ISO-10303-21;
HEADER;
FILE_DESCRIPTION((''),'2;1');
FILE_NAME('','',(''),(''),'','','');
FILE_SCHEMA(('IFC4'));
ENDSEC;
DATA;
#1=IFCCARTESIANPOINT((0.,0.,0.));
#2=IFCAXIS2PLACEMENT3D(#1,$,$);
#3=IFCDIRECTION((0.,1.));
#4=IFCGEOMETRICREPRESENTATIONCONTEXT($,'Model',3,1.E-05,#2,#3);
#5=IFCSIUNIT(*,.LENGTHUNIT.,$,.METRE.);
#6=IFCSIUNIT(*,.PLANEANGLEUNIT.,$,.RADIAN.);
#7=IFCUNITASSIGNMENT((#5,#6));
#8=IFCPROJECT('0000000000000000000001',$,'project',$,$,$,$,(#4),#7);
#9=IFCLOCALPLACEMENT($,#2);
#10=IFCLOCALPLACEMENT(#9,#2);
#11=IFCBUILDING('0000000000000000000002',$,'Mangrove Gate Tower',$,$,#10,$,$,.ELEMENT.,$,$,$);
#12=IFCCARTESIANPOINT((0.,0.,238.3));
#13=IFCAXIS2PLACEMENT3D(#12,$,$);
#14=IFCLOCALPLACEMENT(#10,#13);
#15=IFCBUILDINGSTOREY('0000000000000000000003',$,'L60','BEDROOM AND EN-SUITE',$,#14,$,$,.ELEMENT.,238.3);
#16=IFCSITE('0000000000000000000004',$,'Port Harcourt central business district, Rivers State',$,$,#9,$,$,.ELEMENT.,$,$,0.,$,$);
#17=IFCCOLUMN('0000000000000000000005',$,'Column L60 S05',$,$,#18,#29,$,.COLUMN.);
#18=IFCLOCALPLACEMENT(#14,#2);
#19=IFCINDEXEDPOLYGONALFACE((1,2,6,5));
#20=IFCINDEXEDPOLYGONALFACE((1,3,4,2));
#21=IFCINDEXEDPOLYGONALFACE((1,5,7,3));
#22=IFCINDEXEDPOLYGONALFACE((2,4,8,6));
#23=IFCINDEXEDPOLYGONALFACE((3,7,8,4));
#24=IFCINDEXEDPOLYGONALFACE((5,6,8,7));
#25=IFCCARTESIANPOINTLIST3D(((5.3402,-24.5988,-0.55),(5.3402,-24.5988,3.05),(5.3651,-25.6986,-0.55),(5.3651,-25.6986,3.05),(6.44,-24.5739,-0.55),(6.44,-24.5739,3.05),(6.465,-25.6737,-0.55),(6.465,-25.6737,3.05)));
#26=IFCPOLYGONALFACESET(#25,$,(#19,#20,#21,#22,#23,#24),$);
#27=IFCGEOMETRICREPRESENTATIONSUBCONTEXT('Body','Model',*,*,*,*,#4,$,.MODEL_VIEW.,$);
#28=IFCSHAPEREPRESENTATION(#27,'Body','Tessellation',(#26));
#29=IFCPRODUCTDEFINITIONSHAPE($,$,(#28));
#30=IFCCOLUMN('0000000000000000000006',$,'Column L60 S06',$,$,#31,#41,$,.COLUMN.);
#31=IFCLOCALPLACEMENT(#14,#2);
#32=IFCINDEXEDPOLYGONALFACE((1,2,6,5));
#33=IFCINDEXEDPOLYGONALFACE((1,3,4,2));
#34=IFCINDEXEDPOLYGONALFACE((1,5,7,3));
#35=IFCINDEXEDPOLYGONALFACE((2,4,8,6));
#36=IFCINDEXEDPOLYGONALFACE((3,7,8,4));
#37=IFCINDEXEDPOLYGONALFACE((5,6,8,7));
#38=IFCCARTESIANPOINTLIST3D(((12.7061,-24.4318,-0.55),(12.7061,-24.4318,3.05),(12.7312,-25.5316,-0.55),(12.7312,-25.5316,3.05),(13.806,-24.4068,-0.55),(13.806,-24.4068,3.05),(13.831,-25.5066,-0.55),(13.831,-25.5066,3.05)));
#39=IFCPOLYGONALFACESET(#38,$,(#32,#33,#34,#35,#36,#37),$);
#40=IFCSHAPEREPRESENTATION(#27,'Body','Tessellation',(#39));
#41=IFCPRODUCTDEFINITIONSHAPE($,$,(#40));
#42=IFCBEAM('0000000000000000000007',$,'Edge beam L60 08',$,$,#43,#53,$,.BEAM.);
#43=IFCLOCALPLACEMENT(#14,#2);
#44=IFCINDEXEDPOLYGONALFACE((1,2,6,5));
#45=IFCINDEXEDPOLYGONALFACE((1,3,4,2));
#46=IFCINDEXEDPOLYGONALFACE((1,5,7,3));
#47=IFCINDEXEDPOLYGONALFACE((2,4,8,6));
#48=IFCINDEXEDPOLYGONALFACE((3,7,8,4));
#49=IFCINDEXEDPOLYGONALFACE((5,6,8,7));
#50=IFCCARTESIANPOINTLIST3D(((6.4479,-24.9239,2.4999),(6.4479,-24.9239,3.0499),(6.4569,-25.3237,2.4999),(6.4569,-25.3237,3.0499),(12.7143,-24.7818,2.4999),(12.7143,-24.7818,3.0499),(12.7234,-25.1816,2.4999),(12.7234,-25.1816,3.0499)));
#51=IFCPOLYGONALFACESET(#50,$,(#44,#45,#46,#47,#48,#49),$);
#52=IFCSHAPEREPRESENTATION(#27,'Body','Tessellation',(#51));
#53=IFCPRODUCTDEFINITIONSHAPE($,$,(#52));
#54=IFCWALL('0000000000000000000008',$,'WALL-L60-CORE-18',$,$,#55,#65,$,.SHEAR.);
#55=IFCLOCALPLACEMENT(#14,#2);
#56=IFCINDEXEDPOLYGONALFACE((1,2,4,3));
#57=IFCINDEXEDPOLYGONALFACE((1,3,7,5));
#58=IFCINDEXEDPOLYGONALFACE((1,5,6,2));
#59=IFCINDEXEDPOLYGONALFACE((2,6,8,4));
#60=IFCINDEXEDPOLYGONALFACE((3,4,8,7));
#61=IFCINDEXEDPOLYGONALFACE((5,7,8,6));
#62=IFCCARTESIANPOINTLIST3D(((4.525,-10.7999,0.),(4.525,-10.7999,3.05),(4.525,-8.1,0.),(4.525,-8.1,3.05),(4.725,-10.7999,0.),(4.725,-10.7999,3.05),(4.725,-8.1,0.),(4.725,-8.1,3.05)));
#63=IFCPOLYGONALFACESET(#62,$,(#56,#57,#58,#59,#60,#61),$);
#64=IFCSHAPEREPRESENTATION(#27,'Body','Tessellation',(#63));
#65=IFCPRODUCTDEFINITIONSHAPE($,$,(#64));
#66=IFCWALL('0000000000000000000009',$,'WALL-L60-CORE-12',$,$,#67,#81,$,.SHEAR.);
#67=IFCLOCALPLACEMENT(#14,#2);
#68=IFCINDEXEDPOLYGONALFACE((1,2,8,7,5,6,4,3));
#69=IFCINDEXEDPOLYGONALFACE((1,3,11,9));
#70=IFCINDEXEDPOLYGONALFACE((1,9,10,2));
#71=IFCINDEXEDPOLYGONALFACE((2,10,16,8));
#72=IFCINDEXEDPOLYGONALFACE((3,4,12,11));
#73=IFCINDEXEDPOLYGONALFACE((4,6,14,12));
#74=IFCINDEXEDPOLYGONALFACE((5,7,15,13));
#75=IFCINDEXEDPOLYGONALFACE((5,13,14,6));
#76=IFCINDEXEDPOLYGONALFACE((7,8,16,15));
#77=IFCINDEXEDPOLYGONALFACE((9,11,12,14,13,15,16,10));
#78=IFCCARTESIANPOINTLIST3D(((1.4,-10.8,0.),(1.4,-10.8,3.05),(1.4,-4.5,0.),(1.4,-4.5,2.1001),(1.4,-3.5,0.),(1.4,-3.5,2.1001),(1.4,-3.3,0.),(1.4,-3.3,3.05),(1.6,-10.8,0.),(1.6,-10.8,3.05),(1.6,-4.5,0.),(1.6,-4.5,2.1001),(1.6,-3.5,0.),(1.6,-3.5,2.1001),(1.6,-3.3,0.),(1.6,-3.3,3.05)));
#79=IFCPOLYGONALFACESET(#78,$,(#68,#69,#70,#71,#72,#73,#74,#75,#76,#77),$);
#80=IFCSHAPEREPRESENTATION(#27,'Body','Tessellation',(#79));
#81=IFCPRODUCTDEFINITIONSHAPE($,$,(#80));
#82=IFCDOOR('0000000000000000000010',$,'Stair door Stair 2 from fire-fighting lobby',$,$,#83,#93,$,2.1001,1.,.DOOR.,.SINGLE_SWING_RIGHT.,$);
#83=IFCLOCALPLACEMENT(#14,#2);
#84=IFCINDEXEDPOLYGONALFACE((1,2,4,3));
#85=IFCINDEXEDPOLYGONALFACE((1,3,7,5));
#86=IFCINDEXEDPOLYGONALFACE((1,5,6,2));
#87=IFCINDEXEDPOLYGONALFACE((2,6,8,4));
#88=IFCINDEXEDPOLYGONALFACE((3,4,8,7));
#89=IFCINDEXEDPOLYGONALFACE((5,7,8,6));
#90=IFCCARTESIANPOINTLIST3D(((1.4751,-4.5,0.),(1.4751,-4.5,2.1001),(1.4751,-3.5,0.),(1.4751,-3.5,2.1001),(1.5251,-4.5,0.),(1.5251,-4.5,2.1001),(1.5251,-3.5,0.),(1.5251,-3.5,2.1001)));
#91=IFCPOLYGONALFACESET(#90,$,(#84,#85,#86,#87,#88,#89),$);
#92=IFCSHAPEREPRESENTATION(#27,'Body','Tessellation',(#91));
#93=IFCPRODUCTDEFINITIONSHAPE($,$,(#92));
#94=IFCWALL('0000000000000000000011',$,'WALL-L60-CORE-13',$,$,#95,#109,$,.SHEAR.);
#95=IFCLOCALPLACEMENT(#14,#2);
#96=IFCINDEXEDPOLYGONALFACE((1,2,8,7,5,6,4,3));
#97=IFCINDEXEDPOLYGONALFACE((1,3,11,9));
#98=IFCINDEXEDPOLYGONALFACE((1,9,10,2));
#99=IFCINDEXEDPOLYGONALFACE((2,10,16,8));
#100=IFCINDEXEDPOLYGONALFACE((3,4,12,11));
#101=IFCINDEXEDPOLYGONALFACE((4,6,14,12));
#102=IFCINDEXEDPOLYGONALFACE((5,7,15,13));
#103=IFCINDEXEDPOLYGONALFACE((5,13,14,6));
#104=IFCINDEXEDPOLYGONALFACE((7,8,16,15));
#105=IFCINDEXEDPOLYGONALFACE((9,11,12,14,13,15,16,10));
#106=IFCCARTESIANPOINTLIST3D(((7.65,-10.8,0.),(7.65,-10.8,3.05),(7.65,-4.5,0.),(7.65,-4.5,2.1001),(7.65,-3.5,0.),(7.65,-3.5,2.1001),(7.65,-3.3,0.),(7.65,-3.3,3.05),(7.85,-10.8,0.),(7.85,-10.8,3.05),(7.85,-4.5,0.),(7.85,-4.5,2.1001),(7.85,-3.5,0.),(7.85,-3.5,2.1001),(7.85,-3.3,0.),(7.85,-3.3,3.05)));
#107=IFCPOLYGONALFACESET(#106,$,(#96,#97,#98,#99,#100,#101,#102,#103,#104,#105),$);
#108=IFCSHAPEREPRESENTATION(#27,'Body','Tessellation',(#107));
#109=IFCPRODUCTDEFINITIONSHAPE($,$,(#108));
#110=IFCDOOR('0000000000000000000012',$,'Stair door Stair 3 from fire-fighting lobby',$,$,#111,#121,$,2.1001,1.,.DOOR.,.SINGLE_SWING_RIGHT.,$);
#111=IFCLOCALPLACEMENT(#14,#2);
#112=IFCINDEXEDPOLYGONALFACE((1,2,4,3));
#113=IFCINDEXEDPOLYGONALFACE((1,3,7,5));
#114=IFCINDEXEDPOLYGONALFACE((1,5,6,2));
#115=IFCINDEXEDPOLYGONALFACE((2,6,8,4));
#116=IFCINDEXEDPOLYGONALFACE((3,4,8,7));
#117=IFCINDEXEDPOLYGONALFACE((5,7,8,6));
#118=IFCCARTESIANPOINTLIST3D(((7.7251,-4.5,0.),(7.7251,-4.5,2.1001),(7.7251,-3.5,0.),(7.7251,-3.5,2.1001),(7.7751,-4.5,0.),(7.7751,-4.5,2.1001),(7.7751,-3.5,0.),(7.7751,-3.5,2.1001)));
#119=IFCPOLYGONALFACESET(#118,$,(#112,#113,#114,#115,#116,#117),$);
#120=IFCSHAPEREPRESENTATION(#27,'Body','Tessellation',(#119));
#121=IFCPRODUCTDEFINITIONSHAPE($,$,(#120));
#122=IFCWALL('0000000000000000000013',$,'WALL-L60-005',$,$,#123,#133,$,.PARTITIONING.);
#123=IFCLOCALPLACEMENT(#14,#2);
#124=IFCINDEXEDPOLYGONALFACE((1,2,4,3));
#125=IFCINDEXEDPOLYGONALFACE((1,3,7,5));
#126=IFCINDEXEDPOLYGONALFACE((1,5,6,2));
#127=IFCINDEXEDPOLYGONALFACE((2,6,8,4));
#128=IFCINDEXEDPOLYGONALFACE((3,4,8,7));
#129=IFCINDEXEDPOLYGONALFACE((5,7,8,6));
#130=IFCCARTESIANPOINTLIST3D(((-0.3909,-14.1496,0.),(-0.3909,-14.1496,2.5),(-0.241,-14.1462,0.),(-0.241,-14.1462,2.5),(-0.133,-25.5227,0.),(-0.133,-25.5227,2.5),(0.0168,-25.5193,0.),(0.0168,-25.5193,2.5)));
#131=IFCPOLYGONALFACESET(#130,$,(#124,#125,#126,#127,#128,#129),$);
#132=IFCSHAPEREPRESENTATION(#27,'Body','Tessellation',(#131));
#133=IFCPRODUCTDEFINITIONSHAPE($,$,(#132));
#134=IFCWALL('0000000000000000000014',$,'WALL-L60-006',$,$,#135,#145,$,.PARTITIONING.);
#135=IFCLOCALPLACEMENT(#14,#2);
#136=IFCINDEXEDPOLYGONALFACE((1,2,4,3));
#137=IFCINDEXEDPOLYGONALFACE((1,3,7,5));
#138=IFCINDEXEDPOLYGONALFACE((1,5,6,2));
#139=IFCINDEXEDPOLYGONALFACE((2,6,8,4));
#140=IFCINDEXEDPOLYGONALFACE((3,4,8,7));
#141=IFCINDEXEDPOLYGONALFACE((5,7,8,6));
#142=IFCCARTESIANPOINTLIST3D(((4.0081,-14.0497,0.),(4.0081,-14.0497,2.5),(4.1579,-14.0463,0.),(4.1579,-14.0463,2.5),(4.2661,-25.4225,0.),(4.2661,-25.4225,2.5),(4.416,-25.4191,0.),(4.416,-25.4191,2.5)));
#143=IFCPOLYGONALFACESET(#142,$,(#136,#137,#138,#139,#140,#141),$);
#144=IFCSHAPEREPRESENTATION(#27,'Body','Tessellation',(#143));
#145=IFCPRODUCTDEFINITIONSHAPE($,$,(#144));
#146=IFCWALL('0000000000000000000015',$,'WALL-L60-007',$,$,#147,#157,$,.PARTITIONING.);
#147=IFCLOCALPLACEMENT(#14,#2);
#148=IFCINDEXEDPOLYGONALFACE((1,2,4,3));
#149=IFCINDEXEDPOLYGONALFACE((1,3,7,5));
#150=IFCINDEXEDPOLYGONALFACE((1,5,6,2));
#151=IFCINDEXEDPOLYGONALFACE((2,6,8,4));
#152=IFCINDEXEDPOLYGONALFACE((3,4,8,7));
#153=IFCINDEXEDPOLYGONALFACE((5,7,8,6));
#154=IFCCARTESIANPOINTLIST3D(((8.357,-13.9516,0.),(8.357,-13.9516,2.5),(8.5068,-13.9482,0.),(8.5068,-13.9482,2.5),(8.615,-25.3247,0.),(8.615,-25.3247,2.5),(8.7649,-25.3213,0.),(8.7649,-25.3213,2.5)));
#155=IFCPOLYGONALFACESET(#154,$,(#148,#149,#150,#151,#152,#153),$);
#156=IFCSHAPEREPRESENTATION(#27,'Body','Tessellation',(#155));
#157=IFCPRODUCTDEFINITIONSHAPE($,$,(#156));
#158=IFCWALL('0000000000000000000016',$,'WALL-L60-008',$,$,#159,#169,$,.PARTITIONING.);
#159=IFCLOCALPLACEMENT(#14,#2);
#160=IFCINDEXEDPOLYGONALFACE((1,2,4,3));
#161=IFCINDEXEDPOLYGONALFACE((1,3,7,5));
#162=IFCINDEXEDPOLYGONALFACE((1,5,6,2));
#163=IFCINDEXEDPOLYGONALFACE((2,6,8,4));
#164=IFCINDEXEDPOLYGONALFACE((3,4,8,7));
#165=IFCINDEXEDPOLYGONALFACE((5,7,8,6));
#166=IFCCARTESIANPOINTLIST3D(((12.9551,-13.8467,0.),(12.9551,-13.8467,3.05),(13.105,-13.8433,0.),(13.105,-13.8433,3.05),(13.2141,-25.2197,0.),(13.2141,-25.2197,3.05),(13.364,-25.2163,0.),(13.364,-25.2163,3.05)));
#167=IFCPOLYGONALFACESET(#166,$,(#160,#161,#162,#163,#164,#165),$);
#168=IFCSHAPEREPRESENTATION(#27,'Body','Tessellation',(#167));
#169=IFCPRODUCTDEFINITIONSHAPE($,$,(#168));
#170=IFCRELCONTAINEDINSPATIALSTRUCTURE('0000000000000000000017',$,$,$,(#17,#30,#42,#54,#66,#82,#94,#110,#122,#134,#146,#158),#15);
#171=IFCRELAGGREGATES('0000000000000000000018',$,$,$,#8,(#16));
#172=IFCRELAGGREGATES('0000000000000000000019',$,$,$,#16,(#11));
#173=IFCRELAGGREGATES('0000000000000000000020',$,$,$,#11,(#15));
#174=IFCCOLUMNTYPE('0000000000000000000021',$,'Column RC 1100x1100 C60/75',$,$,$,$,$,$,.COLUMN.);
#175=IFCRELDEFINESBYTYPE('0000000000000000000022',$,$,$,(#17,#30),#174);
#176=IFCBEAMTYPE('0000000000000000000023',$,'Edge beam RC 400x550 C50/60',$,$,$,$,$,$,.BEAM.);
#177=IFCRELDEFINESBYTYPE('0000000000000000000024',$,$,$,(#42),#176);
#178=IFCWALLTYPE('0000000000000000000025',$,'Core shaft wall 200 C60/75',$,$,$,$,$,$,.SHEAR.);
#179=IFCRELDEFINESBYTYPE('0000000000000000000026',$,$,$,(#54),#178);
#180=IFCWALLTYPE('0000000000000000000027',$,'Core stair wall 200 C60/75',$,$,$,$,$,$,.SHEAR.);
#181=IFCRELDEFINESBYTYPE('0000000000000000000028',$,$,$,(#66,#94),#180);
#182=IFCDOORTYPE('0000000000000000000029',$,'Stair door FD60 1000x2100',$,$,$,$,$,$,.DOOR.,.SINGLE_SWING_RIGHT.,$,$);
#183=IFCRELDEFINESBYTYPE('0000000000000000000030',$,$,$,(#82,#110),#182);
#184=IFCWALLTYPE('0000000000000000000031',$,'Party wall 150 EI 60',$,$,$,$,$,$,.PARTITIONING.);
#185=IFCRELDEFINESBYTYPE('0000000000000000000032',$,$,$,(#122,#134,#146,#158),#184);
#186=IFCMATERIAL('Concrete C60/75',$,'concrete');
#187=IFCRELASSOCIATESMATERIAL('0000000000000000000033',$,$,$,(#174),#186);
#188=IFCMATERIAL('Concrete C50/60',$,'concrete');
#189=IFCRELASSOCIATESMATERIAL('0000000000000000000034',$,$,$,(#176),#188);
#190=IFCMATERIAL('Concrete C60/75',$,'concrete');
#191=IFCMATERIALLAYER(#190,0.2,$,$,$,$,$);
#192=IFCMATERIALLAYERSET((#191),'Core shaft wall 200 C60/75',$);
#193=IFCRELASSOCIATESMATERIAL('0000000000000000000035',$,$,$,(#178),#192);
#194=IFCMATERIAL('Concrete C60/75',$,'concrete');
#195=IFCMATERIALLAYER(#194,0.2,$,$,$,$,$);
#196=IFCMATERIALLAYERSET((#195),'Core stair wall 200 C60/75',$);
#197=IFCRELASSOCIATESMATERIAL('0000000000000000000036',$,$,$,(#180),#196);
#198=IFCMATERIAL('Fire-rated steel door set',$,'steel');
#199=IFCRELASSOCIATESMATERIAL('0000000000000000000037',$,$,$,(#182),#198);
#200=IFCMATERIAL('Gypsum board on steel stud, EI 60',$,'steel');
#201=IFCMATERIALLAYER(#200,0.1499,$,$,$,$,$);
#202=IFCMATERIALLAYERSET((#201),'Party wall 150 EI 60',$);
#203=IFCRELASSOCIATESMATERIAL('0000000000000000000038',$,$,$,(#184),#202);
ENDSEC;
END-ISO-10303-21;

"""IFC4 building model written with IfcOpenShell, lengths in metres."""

from ifc_helpers import new_model, si_unit, direction, frame, frame_2d, origin, origin_2d, place, context, subcontext, project, spatial, rectangle, extrude, material, layer, layer_set, material_profile, profile_set, type_object, element, fill, save


model = new_model("IFC4")

# Units and contexts
model_context = context("Model", 3, precision=1e-05, world=origin(), true_north=direction((0.0, 1.0)))
body_context = subcontext(model_context, "Body", "Model", "MODEL_VIEW")
ifc_project = project(units=[si_unit("LENGTHUNIT", "METRE"), si_unit("PLANEANGLEUNIT", "RADIAN")], contexts=[model_context])

# Site, building, storey
site_placement = place(None, origin())
site = spatial("IfcSite", under=ifc_project, at=site_placement, Name="Port Harcourt central business district, Rivers State", CompositionType="ELEMENT", RefElevation=0.0)
building_placement = place(site_placement, origin())
building = spatial("IfcBuilding", under=site, at=building_placement, Name="Mangrove Gate Tower", CompositionType="ELEMENT")
storey_placement = place(building_placement, frame((0.0, 0.0, 238.3)))
storey = spatial("IfcBuildingStorey", under=building, at=storey_placement, Name="L60", Description="BEDROOM AND EN-SUITE", CompositionType="ELEMENT", Elevation=238.3)

# Columns
ifc_material_1 = material(Name="Concrete C60/75", Category="concrete")
ifc_material_profile_1 = material_profile(ifc_material_1, rectangle(XDim=1.1001, YDim=1.1001, at=origin_2d()))
ifc_profile_set_1 = profile_set([ifc_material_profile_1], Name="Concrete C60/75")
column_type = type_object("IfcColumnType", Name="Column RC 1100x1100 C60/75", PredefinedType="COLUMN", material=ifc_profile_set_1)
for number, where, z_axis, x_axis, name in (
    (1, (5.9026, -25.1362, -0.55), (0.0, 0.0, 1.0), (0.999743, 0.022666, 0.0), "Column L60 S05"),
    (2, (13.2686, -24.9692, -0.55), (0.0, 0.0, 1.0), (0.999742, 0.022734, 0.0), "Column L60 S06"),
):
    element("IfcColumn", number, at=place(storey_placement, frame(where, z_axis=z_axis, x_axis=x_axis)), inside=storey, type_object=column_type, Name=name, PredefinedType="COLUMN", context=body_context, shape_type="SweptSolid", body=[
        extrude(rectangle(XDim=1.1001, YDim=1.1001, at=origin_2d()), origin(), (0.0, 0.0, 1.0), 3.6001),
    ])

# Beam
ifc_material_2 = material(Name="Concrete C50/60", Category="concrete")
ifc_material_profile_2 = material_profile(ifc_material_2, rectangle(XDim=0.3999, YDim=0.55, at=origin_2d()))
ifc_profile_set_2 = profile_set([ifc_material_profile_2], Name="Concrete C50/60")
beam_type = type_object("IfcBeamType", Name="Edge beam RC 400x550 C50/60", PredefinedType="BEAM", material=ifc_profile_set_2)
beam_placement = place(storey_placement, frame((6.4524, -25.1238, 2.7749), z_axis=(0.999743, 0.022669, 0.0), x_axis=(-0.022669, 0.999743, 0.0)))
element("IfcBeam", 3, at=beam_placement, inside=storey, type_object=beam_type, Name="Edge beam L60 08", PredefinedType="BEAM", context=body_context, shape_type="SweptSolid", body=[
    extrude(rectangle(XDim=0.3999, YDim=0.55, at=origin_2d()), origin(), (0.0, 0.0, 1.0), 6.2681),
])

# Wall
ifc_material_3 = material(Name="Concrete C60/75", Category="concrete")
ifc_layer_1 = layer(ifc_material_3, 0.2)
ifc_layer_set_1 = layer_set([ifc_layer_1], Name="Core shaft wall 200 C60/75")
wall_type_1 = type_object("IfcWallType", Name="Core shaft wall 200 C60/75", PredefinedType="SHEAR", material=ifc_layer_set_1)
wall_1_placement = place(storey_placement, frame((4.625, -10.8, 0.0), z_axis=(0.0, 0.0, 1.0), x_axis=(0.0, 1.0, 0.0)))
element("IfcWall", 4, at=wall_1_placement, inside=storey, type_object=wall_type_1, Name="WALL-L60-CORE-18", PredefinedType="SHEAR", context=body_context, shape_type="SweptSolid", body=[
    extrude(rectangle(XDim=2.7, YDim=0.2, at=frame_2d((1.3501, 0.0))), origin(), (0.0, 0.0, 1.0), 3.05),
])

# Walls, openings, doors
ifc_material_4 = material(Name="Concrete C60/75", Category="concrete")
ifc_layer_2 = layer(ifc_material_4, 0.2)
ifc_layer_set_2 = layer_set([ifc_layer_2], Name="Core stair wall 200 C60/75")
wall_type_2 = type_object("IfcWallType", Name="Core stair wall 200 C60/75", PredefinedType="SHEAR", material=ifc_layer_set_2)
wall_2_placement = place(storey_placement, frame((1.5, -10.8, 0.0), z_axis=(0.0, 0.0, 1.0), x_axis=(0.0, 1.0, 0.0)))
wall_2 = element("IfcWall", 5, at=wall_2_placement, inside=storey, type_object=wall_type_2, Name="WALL-L60-CORE-12", PredefinedType="SHEAR", context=body_context, shape_type="SweptSolid", body=[
    extrude(rectangle(XDim=7.5, YDim=0.2, at=frame_2d((3.75, 0.0))), origin(), (0.0, 0.0, 1.0), 3.05),
])
opening_1_placement = place(wall_2_placement, frame((6.3, 0.0, 0.0)))
opening_1 = element("IfcOpeningElement", 6, at=opening_1_placement, cuts=wall_2, PredefinedType="OPENING", context=body_context, shape_type="SweptSolid", body=[
    extrude(rectangle(XDim=1.0, YDim=2.1001, at=frame_2d((0.5, 1.05))), frame((0.0, 0.1099, 0.0), z_axis=(0.0, -1.0, 0.0), x_axis=(1.0, 0.0, 0.0)), (0.0, 0.0, 1.0), 0.22),
])
ifc_material_5 = material(Name="Fire-rated steel door set", Category="steel")
door_type_1 = type_object("IfcDoorType", Name="Stair door FD60 1000x2100", OperationType="SINGLE_SWING_RIGHT", PredefinedType="DOOR", material=ifc_material_5)
door_1_placement = place(opening_1_placement, origin())
door_1 = element("IfcDoor", 7, at=door_1_placement, inside=storey, type_object=door_type_1, Name="Stair door Stair 2 from fire-fighting lobby", OperationType="SINGLE_SWING_RIGHT", OverallHeight=2.1001, OverallWidth=1.0, PredefinedType="DOOR", context=body_context, shape_type="SweptSolid", body=[
    extrude(rectangle(XDim=1.0, YDim=2.1001, at=frame_2d((0.5, 1.05))), frame((0.0, 0.0249, 0.0), z_axis=(0.0, -1.0, 0.0), x_axis=(1.0, 0.0, 0.0)), (0.0, 0.0, 1.0), 0.05),
])
fill(opening_1, door_1)
wall_3_placement = place(storey_placement, frame((7.75, -10.8, 0.0), z_axis=(0.0, 0.0, 1.0), x_axis=(0.0, 1.0, 0.0)))
wall_3 = element("IfcWall", 8, at=wall_3_placement, inside=storey, type_object=wall_type_2, Name="WALL-L60-CORE-13", PredefinedType="SHEAR", context=body_context, shape_type="SweptSolid", body=[
    extrude(rectangle(XDim=7.5, YDim=0.2, at=frame_2d((3.75, 0.0))), origin(), (0.0, 0.0, 1.0), 3.05),
])
opening_2_placement = place(wall_3_placement, frame((6.3, 0.0, 0.0)))
opening_2 = element("IfcOpeningElement", 9, at=opening_2_placement, cuts=wall_3, PredefinedType="OPENING", context=body_context, shape_type="SweptSolid", body=[
    extrude(rectangle(XDim=1.0, YDim=2.1001, at=frame_2d((0.5, 1.05))), frame((0.0, 0.1099, 0.0), z_axis=(0.0, -1.0, 0.0), x_axis=(1.0, 0.0, 0.0)), (0.0, 0.0, 1.0), 0.22),
])
door_2_placement = place(opening_2_placement, origin())
door_2 = element("IfcDoor", 10, at=door_2_placement, inside=storey, type_object=door_type_1, Name="Stair door Stair 3 from fire-fighting lobby", OperationType="SINGLE_SWING_RIGHT", OverallHeight=2.1001, OverallWidth=1.0, PredefinedType="DOOR", context=body_context, shape_type="SweptSolid", body=[
    extrude(rectangle(XDim=1.0, YDim=2.1001, at=frame_2d((0.5, 1.05))), frame((0.0, 0.0249, 0.0), z_axis=(0.0, -1.0, 0.0), x_axis=(1.0, 0.0, 0.0)), (0.0, 0.0, 1.0), 0.05),
])
fill(opening_2, door_2)

# Walls
ifc_material_6 = material(Name="Gypsum board on steel stud, EI 60", Category="steel")
ifc_layer_3 = layer(ifc_material_6, 0.1499)
ifc_layer_set_3 = layer_set([ifc_layer_3], Name="Party wall 150 EI 60")
wall_type_3 = type_object("IfcWallType", Name="Party wall 150 EI 60", PredefinedType="PARTITIONING", material=ifc_layer_set_3)
wall_4_placement = place(storey_placement, frame((-0.0581, -25.521, 0.0), z_axis=(0.0, 0.0, 1.0), x_axis=(-0.022663, 0.999743, 0.0)))
element("IfcWall", 11, at=wall_4_placement, inside=storey, type_object=wall_type_3, Name="WALL-L60-005", PredefinedType="PARTITIONING", context=body_context, shape_type="SweptSolid", body=[
    extrude(rectangle(XDim=11.376, YDim=0.1499, at=frame_2d((5.688, 0.0))), origin(), (0.0, 0.0, 1.0), 2.5),
])
wall_5_placement = place(storey_placement, frame((4.3411, -25.4209, 0.0), z_axis=(0.0, 0.0, 1.0), x_axis=(-0.022685, 0.999743, 0.0)))
element("IfcWall", 12, at=wall_5_placement, inside=storey, type_object=wall_type_3, Name="WALL-L60-006", PredefinedType="PARTITIONING", context=body_context, shape_type="SweptSolid", body=[
    extrude(rectangle(XDim=11.3757, YDim=0.1499, at=frame_2d((5.688, 0.0))), origin(), (0.0, 0.0, 1.0), 2.5),
])
wall_6_placement = place(storey_placement, frame((8.6899, -25.323, 0.0), z_axis=(0.0, 0.0, 1.0), x_axis=(-0.022684, 0.999743, 0.0)))
element("IfcWall", 13, at=wall_6_placement, inside=storey, type_object=wall_type_3, Name="WALL-L60-007", PredefinedType="PARTITIONING", context=body_context, shape_type="SweptSolid", body=[
    extrude(rectangle(XDim=11.376, YDim=0.1499, at=frame_2d((5.688, 0.0))), origin(), (0.0, 0.0, 1.0), 2.5),
])
wall_7_placement = place(storey_placement, frame((13.2891, -25.218, 0.0), z_axis=(0.0, 0.0, 1.0), x_axis=(-0.02277, 0.999741, 0.0)))
element("IfcWall", 14, at=wall_7_placement, inside=storey, type_object=wall_type_3, Name="WALL-L60-008", PredefinedType="PARTITIONING", context=body_context, shape_type="SweptSolid", body=[
    extrude(rectangle(XDim=11.376, YDim=0.1499, at=frame_2d((5.688, 0.0))), origin(), (0.0, 0.0, 1.0), 3.05),
])

save(model, "model.ifc")
